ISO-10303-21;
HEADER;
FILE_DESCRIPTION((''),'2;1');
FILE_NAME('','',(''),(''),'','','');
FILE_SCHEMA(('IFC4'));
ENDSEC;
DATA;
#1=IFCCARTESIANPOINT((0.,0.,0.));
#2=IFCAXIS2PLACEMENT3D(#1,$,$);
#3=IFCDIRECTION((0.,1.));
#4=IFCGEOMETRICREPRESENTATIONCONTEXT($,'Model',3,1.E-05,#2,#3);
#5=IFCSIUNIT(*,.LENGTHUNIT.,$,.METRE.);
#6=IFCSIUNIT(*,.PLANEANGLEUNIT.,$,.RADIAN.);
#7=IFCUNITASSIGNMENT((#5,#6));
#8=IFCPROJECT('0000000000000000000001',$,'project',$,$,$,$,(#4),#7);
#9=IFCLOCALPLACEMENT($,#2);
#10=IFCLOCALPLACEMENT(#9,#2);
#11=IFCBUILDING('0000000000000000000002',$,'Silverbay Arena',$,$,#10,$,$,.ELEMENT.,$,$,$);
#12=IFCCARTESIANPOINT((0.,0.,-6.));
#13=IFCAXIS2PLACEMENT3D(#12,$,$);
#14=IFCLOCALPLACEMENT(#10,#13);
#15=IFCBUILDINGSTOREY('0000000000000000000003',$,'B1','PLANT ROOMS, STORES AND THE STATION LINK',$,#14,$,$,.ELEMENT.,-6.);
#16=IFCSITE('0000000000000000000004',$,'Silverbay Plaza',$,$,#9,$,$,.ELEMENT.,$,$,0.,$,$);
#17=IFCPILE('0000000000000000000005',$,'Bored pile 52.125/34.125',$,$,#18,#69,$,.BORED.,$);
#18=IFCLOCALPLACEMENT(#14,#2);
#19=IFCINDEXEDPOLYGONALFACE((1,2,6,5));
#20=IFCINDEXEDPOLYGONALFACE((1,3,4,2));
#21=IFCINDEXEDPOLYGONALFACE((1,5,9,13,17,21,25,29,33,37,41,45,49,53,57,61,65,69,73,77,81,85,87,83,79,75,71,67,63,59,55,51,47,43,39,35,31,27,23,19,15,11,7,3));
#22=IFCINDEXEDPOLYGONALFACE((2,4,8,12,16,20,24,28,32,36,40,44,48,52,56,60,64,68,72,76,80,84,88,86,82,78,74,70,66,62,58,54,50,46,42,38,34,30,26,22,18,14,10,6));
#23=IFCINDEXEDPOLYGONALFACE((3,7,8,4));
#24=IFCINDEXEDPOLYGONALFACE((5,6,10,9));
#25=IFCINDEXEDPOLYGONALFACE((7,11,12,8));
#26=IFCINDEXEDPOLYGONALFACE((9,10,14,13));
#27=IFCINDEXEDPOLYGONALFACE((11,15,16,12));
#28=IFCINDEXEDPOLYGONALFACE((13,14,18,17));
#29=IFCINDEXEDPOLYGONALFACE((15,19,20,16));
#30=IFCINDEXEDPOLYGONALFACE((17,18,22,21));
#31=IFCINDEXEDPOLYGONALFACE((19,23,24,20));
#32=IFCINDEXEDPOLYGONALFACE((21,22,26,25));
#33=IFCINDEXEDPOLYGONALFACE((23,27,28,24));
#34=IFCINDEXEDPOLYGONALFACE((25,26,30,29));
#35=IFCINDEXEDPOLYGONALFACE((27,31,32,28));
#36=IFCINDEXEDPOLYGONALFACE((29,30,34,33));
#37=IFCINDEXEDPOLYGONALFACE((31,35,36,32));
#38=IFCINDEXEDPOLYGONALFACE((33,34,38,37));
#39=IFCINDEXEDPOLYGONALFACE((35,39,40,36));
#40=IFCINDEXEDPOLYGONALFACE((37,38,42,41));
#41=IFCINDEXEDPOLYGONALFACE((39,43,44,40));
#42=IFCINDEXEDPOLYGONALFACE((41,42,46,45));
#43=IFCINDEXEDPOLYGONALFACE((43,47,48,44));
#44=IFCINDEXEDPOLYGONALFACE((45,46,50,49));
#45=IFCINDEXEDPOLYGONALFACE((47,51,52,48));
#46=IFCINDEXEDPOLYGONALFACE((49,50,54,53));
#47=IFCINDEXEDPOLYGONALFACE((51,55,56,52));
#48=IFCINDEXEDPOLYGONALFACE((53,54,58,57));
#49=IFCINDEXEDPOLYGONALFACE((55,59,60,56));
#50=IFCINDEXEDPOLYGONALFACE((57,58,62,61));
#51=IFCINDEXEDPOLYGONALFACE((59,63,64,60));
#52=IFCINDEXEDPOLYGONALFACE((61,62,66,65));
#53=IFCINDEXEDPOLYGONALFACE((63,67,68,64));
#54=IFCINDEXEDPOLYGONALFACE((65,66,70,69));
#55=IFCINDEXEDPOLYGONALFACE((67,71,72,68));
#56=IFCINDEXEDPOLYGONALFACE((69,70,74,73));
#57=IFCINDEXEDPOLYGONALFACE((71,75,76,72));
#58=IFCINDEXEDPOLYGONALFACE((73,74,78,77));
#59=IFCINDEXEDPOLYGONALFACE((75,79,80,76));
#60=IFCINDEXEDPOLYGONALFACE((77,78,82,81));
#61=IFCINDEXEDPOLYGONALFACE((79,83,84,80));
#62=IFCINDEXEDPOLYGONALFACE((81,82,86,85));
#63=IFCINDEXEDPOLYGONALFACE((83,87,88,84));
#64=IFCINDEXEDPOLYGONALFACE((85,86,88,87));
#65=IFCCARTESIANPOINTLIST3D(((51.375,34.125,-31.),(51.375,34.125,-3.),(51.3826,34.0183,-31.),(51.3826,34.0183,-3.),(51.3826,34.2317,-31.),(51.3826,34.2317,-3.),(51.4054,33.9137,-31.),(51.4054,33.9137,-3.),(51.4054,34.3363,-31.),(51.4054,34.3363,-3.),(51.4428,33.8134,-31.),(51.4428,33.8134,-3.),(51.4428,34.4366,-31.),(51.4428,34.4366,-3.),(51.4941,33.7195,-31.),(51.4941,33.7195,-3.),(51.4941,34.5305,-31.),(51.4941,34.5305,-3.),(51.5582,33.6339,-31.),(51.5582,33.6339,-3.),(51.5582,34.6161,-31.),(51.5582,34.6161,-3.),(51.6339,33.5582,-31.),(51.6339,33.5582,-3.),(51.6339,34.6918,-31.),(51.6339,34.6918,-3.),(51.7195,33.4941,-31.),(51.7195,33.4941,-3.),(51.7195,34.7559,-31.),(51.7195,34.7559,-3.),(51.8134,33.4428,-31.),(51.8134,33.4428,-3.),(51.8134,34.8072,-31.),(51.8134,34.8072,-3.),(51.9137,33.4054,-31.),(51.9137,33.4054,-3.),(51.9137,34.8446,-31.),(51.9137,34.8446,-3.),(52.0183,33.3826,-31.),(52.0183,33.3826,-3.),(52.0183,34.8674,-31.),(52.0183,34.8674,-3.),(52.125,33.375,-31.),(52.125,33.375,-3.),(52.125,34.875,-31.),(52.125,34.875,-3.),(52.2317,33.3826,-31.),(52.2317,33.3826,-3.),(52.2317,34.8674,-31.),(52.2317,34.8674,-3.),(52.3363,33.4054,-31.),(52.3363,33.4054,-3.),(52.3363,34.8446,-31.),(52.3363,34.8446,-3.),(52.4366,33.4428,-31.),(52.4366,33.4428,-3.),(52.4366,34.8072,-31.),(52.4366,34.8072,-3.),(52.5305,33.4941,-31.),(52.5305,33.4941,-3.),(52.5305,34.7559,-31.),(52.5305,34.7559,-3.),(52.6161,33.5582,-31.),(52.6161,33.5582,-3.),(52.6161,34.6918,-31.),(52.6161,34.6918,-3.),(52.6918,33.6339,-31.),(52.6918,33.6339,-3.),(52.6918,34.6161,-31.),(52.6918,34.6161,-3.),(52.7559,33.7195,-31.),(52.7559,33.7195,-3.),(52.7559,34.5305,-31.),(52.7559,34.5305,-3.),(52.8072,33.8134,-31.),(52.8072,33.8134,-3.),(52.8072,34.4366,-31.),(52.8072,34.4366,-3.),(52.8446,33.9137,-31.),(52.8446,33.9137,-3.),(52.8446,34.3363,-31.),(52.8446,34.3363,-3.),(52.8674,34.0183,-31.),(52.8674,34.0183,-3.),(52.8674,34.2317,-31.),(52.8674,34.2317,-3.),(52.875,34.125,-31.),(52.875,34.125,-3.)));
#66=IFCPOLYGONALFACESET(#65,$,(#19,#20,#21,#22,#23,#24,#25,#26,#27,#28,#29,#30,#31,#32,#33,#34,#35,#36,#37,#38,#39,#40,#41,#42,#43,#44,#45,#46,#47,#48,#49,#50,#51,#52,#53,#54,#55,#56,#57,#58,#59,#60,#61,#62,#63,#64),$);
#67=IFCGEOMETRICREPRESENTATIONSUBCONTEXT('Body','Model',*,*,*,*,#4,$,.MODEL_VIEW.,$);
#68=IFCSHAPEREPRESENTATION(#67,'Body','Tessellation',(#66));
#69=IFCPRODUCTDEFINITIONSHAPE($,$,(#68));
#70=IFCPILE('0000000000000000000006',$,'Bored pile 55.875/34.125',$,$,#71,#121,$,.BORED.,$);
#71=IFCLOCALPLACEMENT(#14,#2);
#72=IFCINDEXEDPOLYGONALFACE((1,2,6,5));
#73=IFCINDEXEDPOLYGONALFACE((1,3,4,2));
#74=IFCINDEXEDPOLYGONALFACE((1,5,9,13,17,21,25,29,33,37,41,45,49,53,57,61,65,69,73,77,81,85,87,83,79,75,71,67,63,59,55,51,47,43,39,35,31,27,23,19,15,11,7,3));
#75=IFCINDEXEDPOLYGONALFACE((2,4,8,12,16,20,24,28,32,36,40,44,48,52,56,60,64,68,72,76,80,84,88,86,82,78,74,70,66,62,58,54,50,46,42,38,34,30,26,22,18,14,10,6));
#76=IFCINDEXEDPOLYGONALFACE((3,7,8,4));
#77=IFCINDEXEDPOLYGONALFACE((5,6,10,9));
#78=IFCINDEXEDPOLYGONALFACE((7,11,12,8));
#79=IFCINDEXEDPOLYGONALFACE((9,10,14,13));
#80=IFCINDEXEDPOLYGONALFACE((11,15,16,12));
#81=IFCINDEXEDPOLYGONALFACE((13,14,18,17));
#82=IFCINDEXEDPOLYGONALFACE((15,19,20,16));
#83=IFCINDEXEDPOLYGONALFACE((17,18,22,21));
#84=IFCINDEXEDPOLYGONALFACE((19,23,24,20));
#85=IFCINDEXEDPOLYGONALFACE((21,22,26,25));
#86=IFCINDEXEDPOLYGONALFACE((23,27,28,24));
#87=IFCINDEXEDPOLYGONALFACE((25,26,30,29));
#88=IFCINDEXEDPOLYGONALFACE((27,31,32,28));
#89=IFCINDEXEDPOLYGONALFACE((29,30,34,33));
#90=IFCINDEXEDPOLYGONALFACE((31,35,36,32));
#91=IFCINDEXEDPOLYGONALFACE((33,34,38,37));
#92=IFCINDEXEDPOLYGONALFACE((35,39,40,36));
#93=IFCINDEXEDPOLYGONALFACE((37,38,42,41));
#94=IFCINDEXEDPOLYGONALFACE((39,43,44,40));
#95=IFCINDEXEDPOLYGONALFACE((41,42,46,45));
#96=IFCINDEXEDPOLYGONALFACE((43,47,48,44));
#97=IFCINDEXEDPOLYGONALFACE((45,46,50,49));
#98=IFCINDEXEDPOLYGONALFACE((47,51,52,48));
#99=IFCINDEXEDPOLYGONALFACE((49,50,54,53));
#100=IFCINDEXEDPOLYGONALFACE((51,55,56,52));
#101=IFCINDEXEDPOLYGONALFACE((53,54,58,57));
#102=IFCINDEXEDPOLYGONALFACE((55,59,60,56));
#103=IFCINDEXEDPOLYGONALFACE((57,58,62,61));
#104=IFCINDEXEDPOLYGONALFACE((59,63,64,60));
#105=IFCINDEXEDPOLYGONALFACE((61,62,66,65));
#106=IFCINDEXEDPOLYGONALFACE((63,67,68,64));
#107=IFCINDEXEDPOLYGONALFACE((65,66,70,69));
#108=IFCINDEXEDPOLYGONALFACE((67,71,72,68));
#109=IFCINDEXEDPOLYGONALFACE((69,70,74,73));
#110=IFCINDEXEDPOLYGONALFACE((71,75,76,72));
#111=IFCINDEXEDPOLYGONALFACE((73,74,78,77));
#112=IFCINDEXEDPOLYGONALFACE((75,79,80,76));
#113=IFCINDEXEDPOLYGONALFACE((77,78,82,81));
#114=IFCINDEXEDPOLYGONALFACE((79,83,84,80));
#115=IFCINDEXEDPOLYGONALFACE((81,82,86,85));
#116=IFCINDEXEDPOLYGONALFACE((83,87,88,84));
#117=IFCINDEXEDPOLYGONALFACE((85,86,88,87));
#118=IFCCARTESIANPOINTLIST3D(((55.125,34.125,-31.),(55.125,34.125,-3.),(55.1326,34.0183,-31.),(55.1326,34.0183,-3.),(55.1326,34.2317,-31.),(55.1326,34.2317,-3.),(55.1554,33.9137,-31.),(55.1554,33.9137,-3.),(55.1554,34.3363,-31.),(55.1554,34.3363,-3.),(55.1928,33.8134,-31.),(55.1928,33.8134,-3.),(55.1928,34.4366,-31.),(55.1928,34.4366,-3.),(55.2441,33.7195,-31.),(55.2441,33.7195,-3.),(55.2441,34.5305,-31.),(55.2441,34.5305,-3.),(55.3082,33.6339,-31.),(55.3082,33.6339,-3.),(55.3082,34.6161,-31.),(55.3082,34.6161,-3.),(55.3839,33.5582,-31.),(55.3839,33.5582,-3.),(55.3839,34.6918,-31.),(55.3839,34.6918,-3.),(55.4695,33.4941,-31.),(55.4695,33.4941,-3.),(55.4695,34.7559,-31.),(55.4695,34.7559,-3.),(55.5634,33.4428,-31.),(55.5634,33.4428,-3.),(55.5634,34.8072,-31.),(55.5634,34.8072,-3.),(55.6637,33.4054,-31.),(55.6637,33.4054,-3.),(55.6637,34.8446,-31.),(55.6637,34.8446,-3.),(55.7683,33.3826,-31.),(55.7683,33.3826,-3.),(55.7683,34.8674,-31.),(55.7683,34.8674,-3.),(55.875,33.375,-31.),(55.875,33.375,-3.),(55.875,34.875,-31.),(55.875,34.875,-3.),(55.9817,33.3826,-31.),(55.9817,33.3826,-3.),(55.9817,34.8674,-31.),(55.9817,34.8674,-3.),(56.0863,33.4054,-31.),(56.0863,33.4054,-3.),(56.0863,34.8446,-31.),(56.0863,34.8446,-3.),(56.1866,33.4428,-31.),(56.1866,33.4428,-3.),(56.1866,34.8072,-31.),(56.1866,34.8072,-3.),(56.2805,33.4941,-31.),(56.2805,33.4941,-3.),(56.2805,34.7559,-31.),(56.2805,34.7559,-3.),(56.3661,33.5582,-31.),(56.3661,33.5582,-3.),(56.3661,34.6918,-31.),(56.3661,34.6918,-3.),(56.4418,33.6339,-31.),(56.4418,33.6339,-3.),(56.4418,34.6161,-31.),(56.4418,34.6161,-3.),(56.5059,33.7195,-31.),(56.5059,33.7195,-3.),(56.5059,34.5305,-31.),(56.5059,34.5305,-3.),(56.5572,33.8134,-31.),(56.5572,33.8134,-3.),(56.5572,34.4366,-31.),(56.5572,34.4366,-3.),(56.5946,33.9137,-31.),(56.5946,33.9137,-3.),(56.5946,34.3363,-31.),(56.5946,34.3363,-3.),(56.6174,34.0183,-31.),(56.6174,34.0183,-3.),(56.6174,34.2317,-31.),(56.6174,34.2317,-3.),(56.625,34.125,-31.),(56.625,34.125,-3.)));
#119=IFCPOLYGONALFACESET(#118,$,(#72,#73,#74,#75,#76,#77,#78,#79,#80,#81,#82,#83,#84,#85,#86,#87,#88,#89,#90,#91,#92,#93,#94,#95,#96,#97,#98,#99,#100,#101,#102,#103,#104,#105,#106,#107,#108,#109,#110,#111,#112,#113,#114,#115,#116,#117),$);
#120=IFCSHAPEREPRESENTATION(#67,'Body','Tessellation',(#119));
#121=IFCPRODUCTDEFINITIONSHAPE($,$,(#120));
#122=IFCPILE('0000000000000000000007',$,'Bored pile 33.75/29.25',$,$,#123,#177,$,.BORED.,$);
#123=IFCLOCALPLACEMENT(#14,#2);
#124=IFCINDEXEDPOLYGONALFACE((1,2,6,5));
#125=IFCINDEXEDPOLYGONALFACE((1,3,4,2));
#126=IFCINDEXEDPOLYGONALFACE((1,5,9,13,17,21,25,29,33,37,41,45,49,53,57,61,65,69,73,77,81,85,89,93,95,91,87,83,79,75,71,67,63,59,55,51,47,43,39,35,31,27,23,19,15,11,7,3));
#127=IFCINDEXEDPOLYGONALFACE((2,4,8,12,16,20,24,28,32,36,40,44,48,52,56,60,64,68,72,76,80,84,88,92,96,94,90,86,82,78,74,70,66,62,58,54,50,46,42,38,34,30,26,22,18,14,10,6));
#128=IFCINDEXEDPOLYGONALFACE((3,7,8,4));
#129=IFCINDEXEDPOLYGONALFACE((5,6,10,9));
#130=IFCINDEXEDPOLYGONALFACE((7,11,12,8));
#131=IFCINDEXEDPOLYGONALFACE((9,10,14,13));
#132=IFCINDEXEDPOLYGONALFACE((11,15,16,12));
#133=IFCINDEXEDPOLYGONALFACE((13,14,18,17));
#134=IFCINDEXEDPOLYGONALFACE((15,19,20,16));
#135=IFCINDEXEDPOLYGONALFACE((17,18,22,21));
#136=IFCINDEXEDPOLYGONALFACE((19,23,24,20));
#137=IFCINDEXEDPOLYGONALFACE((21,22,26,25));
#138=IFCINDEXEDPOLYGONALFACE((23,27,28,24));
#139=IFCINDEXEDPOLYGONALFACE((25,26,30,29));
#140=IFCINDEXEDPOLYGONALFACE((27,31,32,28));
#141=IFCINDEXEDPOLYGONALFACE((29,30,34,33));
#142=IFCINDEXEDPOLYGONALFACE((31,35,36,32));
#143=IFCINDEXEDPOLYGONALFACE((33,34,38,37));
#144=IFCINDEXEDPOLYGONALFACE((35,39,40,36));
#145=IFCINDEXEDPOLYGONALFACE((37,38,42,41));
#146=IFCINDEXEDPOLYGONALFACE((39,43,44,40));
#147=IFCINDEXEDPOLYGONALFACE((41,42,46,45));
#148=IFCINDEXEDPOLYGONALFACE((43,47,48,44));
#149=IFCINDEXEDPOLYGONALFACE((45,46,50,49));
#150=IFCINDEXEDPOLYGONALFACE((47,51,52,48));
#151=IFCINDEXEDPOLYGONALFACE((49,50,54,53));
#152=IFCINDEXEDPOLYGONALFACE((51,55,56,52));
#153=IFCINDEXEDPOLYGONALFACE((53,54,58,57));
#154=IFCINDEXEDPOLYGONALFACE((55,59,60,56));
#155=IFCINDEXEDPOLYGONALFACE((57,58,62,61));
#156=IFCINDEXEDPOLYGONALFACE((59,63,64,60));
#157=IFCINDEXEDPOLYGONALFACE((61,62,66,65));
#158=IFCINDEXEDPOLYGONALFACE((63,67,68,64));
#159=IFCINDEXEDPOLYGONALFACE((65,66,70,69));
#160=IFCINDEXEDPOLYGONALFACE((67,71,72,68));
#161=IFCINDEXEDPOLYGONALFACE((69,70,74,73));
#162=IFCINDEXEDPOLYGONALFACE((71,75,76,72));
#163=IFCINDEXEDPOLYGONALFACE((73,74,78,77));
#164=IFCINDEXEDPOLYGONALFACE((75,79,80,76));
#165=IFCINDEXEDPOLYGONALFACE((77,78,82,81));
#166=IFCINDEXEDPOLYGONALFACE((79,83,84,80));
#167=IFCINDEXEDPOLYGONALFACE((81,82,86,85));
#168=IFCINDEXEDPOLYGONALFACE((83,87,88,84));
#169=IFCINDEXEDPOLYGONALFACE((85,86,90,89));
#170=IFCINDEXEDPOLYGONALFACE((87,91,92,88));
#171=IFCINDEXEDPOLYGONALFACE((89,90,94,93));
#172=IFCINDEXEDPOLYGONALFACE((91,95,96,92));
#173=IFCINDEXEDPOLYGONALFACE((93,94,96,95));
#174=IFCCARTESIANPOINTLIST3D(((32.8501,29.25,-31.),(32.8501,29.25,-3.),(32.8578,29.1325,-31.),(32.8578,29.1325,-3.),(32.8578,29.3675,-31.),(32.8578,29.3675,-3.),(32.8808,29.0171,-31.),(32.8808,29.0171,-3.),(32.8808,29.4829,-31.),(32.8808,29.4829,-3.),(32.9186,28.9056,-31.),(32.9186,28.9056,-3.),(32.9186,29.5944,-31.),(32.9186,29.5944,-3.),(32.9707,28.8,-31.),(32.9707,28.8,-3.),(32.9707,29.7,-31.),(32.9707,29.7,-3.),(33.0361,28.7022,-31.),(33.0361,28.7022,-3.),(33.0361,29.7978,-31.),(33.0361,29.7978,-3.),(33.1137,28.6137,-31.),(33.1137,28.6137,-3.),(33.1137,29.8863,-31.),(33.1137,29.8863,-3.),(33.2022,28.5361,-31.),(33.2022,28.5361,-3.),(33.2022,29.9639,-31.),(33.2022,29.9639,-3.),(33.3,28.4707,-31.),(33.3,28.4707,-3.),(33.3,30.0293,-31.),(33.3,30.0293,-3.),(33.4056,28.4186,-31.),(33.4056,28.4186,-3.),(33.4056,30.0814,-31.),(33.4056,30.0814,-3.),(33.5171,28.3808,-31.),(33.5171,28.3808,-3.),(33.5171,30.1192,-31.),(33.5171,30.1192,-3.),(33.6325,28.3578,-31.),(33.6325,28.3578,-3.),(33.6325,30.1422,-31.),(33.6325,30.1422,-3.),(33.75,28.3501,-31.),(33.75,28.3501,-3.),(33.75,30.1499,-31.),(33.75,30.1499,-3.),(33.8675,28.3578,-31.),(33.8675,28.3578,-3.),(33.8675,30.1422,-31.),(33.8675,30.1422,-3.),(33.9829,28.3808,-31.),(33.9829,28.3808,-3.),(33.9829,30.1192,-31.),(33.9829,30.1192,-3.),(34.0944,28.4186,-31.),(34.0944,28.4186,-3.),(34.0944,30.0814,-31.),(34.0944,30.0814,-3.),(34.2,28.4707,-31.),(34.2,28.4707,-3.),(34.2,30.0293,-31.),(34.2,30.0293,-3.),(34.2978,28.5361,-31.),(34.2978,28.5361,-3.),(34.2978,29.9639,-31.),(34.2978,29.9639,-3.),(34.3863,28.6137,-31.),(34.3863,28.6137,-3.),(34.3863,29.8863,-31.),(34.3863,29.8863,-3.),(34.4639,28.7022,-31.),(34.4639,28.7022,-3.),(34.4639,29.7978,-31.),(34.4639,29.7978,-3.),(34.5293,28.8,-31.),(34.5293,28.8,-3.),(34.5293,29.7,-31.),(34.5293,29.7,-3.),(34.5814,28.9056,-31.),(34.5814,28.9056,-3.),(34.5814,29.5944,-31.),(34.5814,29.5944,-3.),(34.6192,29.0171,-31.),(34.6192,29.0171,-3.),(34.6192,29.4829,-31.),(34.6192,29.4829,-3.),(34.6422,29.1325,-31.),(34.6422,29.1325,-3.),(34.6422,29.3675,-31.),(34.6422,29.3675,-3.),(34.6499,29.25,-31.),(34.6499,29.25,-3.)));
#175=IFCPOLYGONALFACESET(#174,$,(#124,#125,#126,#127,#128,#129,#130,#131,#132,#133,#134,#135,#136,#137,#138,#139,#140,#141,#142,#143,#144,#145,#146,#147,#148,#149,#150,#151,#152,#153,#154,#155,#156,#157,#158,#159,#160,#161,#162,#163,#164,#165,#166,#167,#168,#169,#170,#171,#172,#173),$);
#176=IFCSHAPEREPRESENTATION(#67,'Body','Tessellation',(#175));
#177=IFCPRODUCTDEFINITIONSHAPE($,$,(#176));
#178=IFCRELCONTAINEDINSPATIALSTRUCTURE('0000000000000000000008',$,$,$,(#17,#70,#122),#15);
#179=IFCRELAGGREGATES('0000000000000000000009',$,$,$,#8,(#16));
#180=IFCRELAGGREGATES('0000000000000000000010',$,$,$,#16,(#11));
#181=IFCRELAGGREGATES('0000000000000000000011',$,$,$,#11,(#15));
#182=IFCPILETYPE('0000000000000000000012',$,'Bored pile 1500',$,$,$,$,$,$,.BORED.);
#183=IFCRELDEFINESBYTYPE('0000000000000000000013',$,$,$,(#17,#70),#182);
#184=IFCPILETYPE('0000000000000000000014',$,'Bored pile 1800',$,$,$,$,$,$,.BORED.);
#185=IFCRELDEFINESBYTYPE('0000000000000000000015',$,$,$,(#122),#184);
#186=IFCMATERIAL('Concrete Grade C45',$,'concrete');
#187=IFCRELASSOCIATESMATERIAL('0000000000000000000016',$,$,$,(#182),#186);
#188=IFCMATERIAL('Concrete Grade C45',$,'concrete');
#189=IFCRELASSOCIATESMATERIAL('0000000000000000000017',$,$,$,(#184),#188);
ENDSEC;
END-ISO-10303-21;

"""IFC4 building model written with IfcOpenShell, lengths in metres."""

from ifc_helpers import new_model, si_unit, direction, frame, origin, origin_2d, place, context, subcontext, project, spatial, circle, extrude, material, material_profile, profile_set, type_object, element, save


model = new_model("IFC4")

# Units and contexts
model_context = context("Model", 3, precision=1e-05, world=origin(), true_north=direction((0.0, 1.0)))
body_context = subcontext(model_context, "Body", "Model", "MODEL_VIEW")
ifc_project = project(units=[si_unit("LENGTHUNIT", "METRE"), si_unit("PLANEANGLEUNIT", "RADIAN")], contexts=[model_context])

# Site, building, storey
site_placement = place(None, origin())
site = spatial("IfcSite", under=ifc_project, at=site_placement, Name="Silverbay Plaza", CompositionType="ELEMENT", RefElevation=0.0)
building_placement = place(site_placement, origin())
building = spatial("IfcBuilding", under=site, at=building_placement, Name="Silverbay Arena", CompositionType="ELEMENT")
storey_placement = place(building_placement, frame((0.0, 0.0, -6.0)))
storey = spatial("IfcBuildingStorey", under=building, at=storey_placement, Name="B1", Description="PLANT ROOMS, STORES AND THE STATION LINK", CompositionType="ELEMENT", Elevation=-6.0)

# Piles
ifc_material_1 = material(Name="Concrete Grade C45", Category="concrete")
ifc_material_profile_1 = material_profile(ifc_material_1, circle(Radius=0.75, at=origin_2d()), Name="Bored pile 1500")
ifc_profile_set_1 = profile_set([ifc_material_profile_1], Name="Concrete Grade C45")
pile_type_1 = type_object("IfcPileType", Name="Bored pile 1500", PredefinedType="BORED", material=ifc_profile_set_1)
for number, where, z_axis, x_axis, name in (
    (1, (52.125, 34.125, -3.0), (0.0, 0.0, -1.0), (1.0, 0.0, 0.0), "Bored pile 52.125/34.125"),
    (2, (55.875, 34.125, -3.0), (0.0, 0.0, -1.0), (1.0, 0.0, 0.0), "Bored pile 55.875/34.125"),
):
    element("IfcPile", number, at=place(storey_placement, frame(where, z_axis=z_axis, x_axis=x_axis)), inside=storey, type_object=pile_type_1, Name=name, PredefinedType="BORED", context=body_context, shape_type="SweptSolid", body=[
        extrude(circle(Radius=0.75, at=origin_2d()), origin(), (0.0, 0.0, 1.0), 28.0),
    ])
ifc_material_2 = material(Name="Concrete Grade C45", Category="concrete")
ifc_material_profile_2 = material_profile(ifc_material_2, circle(Radius=0.8999, at=origin_2d()), Name="Bored pile 1800")
ifc_profile_set_2 = profile_set([ifc_material_profile_2], Name="Concrete Grade C45")
pile_type_2 = type_object("IfcPileType", Name="Bored pile 1800", PredefinedType="BORED", material=ifc_profile_set_2)
for number, where, z_axis, x_axis, name in (
    (3, (33.75, 29.25, -3.0), (0.0, 0.0, -1.0), (1.0, 0.0, 0.0), "Bored pile 33.75/29.25"),
):
    element("IfcPile", number, at=place(storey_placement, frame(where, z_axis=z_axis, x_axis=x_axis)), inside=storey, type_object=pile_type_2, Name=name, PredefinedType="BORED", context=body_context, shape_type="SweptSolid", body=[
        extrude(circle(Radius=0.8999, at=origin_2d()), origin(), (0.0, 0.0, 1.0), 28.0),
    ])

save(model, "model.ifc")
